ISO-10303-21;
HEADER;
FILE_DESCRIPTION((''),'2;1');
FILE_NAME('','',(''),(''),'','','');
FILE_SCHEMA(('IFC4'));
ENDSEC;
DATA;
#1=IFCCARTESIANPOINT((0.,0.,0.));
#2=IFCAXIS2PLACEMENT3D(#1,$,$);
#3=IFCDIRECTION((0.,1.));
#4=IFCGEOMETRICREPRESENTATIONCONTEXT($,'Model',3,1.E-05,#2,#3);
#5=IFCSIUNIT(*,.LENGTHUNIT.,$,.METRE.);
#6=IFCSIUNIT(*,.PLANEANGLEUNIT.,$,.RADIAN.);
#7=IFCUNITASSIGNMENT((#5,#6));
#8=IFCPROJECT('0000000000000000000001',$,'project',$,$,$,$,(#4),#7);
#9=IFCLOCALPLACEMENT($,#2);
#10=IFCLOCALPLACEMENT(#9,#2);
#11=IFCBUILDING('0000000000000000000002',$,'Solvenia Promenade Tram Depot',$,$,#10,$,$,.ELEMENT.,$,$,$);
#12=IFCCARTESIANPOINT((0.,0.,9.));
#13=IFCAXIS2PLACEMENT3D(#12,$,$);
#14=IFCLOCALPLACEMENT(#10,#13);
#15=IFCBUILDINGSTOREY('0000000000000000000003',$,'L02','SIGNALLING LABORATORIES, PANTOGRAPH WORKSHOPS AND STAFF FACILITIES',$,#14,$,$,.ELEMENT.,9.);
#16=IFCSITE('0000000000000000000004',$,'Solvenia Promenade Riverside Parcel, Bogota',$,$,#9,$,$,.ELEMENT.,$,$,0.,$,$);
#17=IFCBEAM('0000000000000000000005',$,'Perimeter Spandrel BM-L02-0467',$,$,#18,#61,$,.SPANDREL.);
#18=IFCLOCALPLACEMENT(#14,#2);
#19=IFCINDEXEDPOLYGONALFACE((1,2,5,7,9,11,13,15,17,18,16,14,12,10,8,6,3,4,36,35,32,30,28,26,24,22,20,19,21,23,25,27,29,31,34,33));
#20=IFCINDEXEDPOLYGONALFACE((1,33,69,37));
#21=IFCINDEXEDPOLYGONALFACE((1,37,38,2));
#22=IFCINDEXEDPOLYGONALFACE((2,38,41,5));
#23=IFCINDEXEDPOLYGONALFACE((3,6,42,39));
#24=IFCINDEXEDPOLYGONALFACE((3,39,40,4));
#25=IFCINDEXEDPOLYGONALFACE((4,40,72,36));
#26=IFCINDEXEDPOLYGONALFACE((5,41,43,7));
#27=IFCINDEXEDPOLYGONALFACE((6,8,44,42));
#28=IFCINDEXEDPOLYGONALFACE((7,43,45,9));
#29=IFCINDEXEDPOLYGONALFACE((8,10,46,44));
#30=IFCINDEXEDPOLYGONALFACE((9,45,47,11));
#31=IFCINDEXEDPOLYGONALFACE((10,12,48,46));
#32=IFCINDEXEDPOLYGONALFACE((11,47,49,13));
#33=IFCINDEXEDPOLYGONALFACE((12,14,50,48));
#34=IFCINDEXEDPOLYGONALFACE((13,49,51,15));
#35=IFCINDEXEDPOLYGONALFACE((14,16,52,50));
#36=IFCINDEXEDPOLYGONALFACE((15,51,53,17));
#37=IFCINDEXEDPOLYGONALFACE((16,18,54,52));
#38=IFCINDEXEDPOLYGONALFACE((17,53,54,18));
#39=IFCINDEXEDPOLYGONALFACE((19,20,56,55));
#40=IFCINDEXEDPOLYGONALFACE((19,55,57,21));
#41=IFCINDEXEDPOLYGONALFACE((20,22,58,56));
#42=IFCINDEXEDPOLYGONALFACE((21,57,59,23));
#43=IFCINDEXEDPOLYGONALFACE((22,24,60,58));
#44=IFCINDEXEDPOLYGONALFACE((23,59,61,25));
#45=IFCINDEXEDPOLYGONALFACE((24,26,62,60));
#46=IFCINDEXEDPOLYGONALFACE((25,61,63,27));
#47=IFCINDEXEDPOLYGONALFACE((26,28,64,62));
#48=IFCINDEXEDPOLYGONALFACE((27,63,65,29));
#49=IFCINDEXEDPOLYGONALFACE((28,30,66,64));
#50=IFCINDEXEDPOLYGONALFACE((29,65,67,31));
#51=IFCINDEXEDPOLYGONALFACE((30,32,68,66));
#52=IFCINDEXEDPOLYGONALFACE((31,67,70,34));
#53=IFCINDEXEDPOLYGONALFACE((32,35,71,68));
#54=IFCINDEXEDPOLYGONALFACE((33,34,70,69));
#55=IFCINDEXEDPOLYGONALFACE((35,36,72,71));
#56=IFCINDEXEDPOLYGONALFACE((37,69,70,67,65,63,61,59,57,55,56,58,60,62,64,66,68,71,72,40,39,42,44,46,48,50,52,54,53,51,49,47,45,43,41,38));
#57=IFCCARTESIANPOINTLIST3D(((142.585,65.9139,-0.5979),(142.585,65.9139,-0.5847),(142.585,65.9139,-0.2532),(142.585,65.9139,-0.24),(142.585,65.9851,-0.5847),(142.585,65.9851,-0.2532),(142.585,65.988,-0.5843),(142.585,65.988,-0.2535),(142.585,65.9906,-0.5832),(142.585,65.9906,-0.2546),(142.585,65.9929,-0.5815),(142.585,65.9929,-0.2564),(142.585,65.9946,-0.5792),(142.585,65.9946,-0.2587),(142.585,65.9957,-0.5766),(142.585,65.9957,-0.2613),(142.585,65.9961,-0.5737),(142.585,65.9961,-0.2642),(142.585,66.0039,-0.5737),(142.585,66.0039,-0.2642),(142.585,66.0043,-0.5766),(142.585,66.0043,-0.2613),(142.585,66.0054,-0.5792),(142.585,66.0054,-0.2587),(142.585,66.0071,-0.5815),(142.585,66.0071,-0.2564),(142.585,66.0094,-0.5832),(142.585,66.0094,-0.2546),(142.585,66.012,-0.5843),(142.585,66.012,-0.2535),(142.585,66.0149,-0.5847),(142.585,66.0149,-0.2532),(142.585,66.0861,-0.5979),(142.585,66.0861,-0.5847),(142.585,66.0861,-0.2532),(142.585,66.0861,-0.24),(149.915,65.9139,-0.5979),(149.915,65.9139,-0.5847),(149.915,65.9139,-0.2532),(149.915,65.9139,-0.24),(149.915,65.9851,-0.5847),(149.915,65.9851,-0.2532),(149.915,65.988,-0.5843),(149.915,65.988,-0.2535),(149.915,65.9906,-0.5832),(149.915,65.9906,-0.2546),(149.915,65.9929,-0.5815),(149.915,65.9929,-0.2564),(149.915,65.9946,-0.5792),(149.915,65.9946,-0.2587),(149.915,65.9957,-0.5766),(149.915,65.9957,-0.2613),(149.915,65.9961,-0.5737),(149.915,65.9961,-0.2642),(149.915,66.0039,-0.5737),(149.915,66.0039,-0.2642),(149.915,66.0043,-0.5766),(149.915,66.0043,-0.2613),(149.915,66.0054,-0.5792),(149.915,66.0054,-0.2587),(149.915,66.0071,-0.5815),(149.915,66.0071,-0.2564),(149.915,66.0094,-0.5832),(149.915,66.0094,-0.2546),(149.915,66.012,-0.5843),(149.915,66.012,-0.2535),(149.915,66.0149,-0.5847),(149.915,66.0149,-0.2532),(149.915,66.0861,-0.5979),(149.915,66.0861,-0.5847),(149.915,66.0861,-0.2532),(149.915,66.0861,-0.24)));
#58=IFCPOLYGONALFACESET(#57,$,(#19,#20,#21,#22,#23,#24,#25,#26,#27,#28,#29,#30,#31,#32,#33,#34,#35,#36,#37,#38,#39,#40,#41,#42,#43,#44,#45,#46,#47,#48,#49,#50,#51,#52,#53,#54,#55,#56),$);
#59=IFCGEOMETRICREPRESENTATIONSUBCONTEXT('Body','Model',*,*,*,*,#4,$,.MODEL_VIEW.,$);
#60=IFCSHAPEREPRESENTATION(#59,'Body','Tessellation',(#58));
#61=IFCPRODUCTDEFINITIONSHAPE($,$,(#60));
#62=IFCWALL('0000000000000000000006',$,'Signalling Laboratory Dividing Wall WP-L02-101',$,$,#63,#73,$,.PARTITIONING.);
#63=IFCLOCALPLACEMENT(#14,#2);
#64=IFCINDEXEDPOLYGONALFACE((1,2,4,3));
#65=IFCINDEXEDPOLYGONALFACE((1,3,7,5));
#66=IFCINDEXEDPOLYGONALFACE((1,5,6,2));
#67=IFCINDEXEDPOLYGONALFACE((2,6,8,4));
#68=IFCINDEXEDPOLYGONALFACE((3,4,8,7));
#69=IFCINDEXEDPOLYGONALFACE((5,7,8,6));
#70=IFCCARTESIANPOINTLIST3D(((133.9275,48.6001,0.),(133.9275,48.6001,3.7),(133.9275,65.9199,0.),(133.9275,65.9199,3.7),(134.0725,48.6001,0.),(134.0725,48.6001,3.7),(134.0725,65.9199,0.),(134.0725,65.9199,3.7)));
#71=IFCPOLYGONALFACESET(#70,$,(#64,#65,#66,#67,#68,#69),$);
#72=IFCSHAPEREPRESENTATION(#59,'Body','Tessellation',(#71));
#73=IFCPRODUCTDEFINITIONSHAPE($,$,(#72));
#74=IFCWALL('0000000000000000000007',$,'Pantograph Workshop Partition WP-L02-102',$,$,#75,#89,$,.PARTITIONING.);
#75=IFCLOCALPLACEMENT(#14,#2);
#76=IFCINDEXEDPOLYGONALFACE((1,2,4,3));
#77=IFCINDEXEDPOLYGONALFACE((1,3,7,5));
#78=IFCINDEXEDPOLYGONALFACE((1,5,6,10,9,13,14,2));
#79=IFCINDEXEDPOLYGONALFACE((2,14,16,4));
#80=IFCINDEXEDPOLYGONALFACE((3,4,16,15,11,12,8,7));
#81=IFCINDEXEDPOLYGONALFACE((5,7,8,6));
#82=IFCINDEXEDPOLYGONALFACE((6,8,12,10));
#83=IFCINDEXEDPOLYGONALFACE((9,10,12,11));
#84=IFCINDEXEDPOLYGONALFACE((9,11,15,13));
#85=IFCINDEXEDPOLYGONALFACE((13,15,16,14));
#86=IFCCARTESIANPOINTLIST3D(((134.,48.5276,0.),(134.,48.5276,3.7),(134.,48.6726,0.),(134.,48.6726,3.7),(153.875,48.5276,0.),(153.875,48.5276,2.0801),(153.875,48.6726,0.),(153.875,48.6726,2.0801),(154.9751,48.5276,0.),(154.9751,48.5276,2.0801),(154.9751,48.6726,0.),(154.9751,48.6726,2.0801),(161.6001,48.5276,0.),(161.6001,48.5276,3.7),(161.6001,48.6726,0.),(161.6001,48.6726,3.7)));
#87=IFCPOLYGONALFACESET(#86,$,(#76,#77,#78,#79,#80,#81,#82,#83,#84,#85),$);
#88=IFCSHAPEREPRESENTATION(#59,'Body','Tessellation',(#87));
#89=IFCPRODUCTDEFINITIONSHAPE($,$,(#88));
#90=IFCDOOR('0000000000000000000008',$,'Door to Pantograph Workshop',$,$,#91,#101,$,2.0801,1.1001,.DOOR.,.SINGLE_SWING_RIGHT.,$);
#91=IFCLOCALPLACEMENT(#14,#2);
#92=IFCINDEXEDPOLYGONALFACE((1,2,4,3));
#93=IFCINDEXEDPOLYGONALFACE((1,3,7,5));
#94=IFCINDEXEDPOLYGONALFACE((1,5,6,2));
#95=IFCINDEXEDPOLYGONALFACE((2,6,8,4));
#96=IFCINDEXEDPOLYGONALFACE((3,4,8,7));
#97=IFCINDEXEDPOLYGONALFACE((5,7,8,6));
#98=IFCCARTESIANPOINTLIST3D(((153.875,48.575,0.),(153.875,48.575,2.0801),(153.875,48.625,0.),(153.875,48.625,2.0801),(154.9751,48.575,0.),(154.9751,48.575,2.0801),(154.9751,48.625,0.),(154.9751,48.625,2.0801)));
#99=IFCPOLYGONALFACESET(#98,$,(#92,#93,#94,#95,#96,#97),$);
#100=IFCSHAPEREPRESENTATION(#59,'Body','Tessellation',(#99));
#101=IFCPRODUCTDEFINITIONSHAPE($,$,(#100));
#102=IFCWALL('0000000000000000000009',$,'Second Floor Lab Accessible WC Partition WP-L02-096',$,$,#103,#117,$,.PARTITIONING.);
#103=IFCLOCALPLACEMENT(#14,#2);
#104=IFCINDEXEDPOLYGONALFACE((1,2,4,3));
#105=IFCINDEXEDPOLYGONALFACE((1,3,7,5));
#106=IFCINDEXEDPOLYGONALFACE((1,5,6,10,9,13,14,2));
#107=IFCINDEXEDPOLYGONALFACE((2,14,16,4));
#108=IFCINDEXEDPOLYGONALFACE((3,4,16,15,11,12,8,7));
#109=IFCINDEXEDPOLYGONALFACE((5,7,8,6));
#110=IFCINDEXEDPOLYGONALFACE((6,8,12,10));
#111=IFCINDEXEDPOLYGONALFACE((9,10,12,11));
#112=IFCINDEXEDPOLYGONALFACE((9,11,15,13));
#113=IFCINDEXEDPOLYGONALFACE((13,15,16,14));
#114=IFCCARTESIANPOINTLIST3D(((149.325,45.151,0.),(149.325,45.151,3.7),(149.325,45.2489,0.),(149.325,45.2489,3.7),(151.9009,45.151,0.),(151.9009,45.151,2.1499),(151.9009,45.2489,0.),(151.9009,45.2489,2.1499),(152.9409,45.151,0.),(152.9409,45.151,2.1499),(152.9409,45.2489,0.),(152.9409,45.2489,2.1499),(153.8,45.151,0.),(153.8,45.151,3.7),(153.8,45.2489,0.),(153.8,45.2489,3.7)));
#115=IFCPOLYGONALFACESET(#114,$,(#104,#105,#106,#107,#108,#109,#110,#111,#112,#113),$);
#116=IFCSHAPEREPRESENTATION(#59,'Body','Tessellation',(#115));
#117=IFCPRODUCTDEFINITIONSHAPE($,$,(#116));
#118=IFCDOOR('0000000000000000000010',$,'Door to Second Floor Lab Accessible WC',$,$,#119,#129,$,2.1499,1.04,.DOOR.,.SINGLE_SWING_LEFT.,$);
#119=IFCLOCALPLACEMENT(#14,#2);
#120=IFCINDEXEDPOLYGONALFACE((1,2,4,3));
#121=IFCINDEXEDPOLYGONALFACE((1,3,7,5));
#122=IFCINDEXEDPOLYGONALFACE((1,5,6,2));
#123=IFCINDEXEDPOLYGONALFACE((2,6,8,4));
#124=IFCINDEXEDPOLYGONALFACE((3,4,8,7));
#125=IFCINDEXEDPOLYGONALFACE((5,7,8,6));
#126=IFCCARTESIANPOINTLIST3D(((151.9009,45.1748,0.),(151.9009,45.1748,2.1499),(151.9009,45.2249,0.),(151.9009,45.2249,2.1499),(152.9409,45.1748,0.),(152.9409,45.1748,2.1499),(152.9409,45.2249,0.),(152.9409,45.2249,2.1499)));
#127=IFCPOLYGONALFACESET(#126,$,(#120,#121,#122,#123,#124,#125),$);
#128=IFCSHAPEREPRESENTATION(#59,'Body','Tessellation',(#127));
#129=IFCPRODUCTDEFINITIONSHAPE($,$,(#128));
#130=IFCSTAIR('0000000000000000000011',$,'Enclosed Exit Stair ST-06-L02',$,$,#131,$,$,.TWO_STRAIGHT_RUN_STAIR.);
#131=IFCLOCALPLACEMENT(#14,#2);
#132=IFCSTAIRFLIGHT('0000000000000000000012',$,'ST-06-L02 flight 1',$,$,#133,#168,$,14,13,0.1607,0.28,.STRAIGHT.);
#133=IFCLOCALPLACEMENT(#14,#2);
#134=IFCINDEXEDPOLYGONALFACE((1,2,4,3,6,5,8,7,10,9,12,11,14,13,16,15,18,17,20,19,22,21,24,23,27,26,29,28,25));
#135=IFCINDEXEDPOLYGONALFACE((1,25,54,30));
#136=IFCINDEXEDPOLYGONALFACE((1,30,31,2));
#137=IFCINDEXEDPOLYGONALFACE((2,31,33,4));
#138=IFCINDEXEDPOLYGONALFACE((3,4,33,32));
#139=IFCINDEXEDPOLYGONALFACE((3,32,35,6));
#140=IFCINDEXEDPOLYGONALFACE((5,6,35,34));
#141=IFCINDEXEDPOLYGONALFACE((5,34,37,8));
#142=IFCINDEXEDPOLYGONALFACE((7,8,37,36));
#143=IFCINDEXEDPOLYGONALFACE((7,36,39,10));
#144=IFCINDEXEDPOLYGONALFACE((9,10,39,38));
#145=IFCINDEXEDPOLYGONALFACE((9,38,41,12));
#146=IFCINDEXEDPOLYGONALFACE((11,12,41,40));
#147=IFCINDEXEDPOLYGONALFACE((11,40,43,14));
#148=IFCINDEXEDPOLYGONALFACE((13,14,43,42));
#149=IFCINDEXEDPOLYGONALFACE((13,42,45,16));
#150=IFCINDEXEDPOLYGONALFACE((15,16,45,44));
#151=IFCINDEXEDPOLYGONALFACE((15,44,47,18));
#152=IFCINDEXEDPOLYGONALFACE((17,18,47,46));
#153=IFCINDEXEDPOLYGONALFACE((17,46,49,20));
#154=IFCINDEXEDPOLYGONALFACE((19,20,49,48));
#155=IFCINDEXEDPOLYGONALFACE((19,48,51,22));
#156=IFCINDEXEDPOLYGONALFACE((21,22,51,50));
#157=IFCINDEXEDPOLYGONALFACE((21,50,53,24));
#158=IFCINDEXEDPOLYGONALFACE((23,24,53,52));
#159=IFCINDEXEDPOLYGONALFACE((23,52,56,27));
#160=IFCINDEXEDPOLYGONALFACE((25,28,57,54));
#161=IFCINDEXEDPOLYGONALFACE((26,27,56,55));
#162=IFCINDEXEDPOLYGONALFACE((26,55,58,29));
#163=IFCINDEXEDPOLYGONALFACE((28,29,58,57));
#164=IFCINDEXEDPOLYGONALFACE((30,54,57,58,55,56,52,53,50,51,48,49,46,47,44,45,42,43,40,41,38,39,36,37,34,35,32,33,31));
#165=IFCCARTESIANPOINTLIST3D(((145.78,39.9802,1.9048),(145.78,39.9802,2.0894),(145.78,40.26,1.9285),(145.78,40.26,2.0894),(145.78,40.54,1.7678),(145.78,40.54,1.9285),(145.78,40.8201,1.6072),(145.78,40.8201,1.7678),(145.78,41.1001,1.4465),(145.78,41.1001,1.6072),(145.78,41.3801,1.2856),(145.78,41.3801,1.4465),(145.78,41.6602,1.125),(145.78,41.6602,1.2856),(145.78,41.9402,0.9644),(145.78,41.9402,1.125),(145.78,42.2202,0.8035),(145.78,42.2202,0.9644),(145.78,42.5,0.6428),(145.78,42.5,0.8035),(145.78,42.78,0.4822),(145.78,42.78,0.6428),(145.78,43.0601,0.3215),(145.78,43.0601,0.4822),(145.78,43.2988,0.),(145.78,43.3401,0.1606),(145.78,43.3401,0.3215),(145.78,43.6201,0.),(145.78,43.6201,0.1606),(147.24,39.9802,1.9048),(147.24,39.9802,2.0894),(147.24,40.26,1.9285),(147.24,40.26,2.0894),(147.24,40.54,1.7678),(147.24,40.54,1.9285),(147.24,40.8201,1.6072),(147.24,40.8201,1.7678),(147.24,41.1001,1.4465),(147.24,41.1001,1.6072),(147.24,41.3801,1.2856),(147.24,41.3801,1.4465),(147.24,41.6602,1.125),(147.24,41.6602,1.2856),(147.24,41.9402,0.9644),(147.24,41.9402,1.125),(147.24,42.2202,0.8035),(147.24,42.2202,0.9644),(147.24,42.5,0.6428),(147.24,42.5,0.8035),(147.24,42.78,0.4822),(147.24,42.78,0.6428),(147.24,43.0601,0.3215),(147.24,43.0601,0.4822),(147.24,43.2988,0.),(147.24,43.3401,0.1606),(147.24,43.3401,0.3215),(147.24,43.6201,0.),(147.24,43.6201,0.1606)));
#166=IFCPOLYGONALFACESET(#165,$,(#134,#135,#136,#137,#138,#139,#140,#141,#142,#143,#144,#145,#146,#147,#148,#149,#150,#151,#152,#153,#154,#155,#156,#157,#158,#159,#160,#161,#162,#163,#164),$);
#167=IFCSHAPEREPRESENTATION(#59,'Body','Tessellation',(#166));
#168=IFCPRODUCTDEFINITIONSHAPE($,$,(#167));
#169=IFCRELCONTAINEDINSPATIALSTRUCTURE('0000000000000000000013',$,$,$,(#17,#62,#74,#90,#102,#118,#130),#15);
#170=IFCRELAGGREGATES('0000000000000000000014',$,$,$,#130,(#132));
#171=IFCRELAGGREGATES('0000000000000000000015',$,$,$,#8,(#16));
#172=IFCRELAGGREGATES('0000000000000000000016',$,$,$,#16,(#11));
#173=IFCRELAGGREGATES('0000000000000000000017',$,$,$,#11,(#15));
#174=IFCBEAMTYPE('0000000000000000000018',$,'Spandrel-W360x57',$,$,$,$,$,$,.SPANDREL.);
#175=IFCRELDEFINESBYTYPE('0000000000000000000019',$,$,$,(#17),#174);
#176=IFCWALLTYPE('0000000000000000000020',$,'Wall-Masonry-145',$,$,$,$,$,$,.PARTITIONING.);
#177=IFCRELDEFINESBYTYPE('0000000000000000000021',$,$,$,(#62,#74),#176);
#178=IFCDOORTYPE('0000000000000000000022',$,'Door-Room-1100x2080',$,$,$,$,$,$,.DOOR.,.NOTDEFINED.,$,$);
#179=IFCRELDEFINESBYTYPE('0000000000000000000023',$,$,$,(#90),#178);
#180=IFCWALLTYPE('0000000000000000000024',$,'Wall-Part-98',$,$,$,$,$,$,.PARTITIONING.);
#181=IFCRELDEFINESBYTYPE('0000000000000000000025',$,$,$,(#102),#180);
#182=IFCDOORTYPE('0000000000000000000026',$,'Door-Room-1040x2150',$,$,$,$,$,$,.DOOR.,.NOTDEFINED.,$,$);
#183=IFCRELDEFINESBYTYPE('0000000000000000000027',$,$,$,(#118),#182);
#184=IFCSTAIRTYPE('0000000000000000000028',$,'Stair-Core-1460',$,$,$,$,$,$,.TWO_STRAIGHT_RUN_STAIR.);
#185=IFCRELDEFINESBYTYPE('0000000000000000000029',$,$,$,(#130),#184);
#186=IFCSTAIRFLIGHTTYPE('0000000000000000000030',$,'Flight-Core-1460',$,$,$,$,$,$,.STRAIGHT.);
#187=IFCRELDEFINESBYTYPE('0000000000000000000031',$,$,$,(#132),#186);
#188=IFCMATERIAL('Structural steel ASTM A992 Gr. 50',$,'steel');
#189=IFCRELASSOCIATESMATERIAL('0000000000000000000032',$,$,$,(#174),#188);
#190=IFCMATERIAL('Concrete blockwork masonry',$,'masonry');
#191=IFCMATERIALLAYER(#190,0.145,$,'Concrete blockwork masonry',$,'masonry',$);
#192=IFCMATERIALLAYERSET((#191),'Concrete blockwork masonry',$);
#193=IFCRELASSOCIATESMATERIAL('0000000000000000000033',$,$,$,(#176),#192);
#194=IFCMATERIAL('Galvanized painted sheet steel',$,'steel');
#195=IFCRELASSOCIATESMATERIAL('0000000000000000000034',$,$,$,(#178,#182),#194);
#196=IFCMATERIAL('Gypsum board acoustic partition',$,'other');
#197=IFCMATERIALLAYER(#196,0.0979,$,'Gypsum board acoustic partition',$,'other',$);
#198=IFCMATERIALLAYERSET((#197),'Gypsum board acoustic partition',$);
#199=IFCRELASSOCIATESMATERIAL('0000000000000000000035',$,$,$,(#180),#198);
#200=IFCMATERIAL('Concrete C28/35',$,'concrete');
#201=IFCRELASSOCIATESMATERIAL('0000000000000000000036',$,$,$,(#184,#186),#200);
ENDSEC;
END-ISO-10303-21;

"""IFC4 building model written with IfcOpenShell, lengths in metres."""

from ifc_helpers import new_model, si_unit, direction, frame, frame_2d, origin, origin_2d, place, context, subcontext, project, spatial, polyline, rectangle, i_section, outline, extrude, material, layer, layer_set, material_profile, profile_set, type_object, element, fill, aggregate, save


model = new_model("IFC4")

# Units and contexts
model_context = context("Model", 3, precision=1e-05, world=origin(), true_north=direction((0.0, 1.0)))
body_context = subcontext(model_context, "Body", "Model", "MODEL_VIEW")
ifc_project = project(units=[si_unit("LENGTHUNIT", "METRE"), si_unit("PLANEANGLEUNIT", "RADIAN")], contexts=[model_context])

# Site, building, storey
site_placement = place(None, origin())
site = spatial("IfcSite", under=ifc_project, at=site_placement, Name="Solvenia Promenade Riverside Parcel, Bogota", CompositionType="ELEMENT", RefElevation=0.0)
building_placement = place(site_placement, origin())
building = spatial("IfcBuilding", under=site, at=building_placement, Name="Solvenia Promenade Tram Depot", CompositionType="ELEMENT")
storey_placement = place(building_placement, frame((0.0, 0.0, 9.0)))
storey = spatial("IfcBuildingStorey", under=building, at=storey_placement, Name="L02", Description="SIGNALLING LABORATORIES, PANTOGRAPH WORKSHOPS AND STAFF FACILITIES", CompositionType="ELEMENT", Elevation=9.0)

# Shared definitions
ifc_material_1 = material(Name="Structural steel ASTM A992 Gr. 50", Category="steel")

# Beam
ifc_material_profile_1 = material_profile(ifc_material_1, i_section(OverallWidth=0.1721, OverallDepth=0.3579, WebThickness=0.0078, FlangeThickness=0.0132, FilletRadius=0.011, at=origin_2d()), Name="W360x57", Category="steel")
ifc_profile_set_1 = profile_set([ifc_material_profile_1], Name="Structural steel ASTM A992 Gr. 50")
beam_type_1 = type_object("IfcBeamType", Name="Spandrel-W360x57", PredefinedType="SPANDREL", material=ifc_profile_set_1)
for number, where, z_axis, x_axis, name in (
    (1, (142.585, 66.0, -0.4189), (1.0, 0.0, 0.0), (0.0, 1.0, 0.0), "Perimeter Spandrel BM-L02-0467"),
):
    element("IfcBeam", number, at=place(storey_placement, frame(where, z_axis=z_axis, x_axis=x_axis)), inside=storey, type_object=beam_type_1, Name=name, PredefinedType="SPANDREL", context=body_context, shape_type="SweptSolid", body=[
        extrude(i_section(OverallWidth=0.1721, OverallDepth=0.3579, WebThickness=0.0078, FlangeThickness=0.0132, FilletRadius=0.011, at=origin_2d()), origin(), (0.0, 0.0, 1.0), 7.3301),
    ])

# Shared definitions
ifc_material_2 = material(Name="Concrete C28/35", Category="concrete")
ifc_material_3 = material(Name="Galvanized painted sheet steel", Category="steel")

# Wall
ifc_material_4 = material(Name="Concrete blockwork masonry", Category="masonry")
ifc_layer_1 = layer(ifc_material_4, 0.145, Name="Concrete blockwork masonry", Category="masonry")
ifc_layer_set_1 = layer_set([ifc_layer_1], Name="Concrete blockwork masonry")
wall_type_1 = type_object("IfcWallType", Name="Wall-Masonry-145", PredefinedType="PARTITIONING", material=ifc_layer_set_1)
wall_1_placement = place(storey_placement, frame((134.0, 48.6001, 0.0), z_axis=(0.0, 0.0, 1.0), x_axis=(0.0, 1.0, 0.0)))
element("IfcWall", 2, at=wall_1_placement, inside=storey, type_object=wall_type_1, Name="Signalling Laboratory Dividing Wall WP-L02-101", PredefinedType="PARTITIONING", context=body_context, shape_type="SweptSolid", body=[
    extrude(rectangle(XDim=17.3198, YDim=0.145, at=frame_2d((8.6599, 0.0))), origin(), (0.0, 0.0, 1.0), 3.7),
])

# Walls, openings, doors
wall_2_placement = place(storey_placement, frame((134.0, 48.6001, 0.0), z_axis=(0.0, 0.0, 1.0), x_axis=(1.0, 0.0, 0.0)))
wall_2 = element("IfcWall", 3, at=wall_2_placement, inside=storey, type_object=wall_type_1, Name="Pantograph Workshop Partition WP-L02-102", PredefinedType="PARTITIONING", context=body_context, shape_type="SweptSolid", body=[
    extrude(rectangle(XDim=27.6001, YDim=0.145, at=frame_2d((13.8, 0.0))), origin(), (0.0, 0.0, 1.0), 3.7),
])
opening_1_placement = place(wall_2_placement, frame((19.875, 0.0, 0.0)))
opening_1 = element("IfcOpeningElement", 4, at=opening_1_placement, cuts=wall_2, PredefinedType="OPENING", context=body_context, shape_type="SweptSolid", body=[
    extrude(rectangle(XDim=1.1001, YDim=2.0801, at=frame_2d((0.55, 1.04))), frame((0.0, 0.0825, 0.0), z_axis=(0.0, -1.0, 0.0), x_axis=(1.0, 0.0, 0.0)), (0.0, 0.0, 1.0), 0.165),
])
door_type_1 = type_object("IfcDoorType", Name="Door-Room-1100x2080", OperationType="NOTDEFINED", PredefinedType="DOOR", material=ifc_material_3)
door_1_placement = place(opening_1_placement, origin())
door_1 = element("IfcDoor", 5, at=door_1_placement, inside=storey, type_object=door_type_1, Name="Door to Pantograph Workshop", OperationType="SINGLE_SWING_RIGHT", OverallHeight=2.0801, OverallWidth=1.1001, PredefinedType="DOOR", context=body_context, shape_type="SweptSolid", body=[
    extrude(rectangle(XDim=1.1001, YDim=2.0801, at=frame_2d((0.55, 1.04))), frame((0.0, 0.0249, 0.0), z_axis=(0.0, -1.0, 0.0), x_axis=(1.0, 0.0, 0.0)), (0.0, 0.0, 1.0), 0.05),
])
fill(opening_1, door_1)
ifc_material_5 = material(Name="Gypsum board acoustic partition", Category="other")
ifc_layer_2 = layer(ifc_material_5, 0.0979, Name="Gypsum board acoustic partition", Category="other")
ifc_layer_set_2 = layer_set([ifc_layer_2], Name="Gypsum board acoustic partition")
wall_type_2 = type_object("IfcWallType", Name="Wall-Part-98", PredefinedType="PARTITIONING", material=ifc_layer_set_2)
wall_3_placement = place(storey_placement, frame((149.325, 45.2, 0.0), z_axis=(0.0, 0.0, 1.0), x_axis=(1.0, 0.0, 0.0)))
wall_3 = element("IfcWall", 6, at=wall_3_placement, inside=storey, type_object=wall_type_2, Name="Second Floor Lab Accessible WC Partition WP-L02-096", PredefinedType="PARTITIONING", context=body_context, shape_type="SweptSolid", body=[
    extrude(rectangle(XDim=4.4751, YDim=0.0979, at=frame_2d((2.2375, 0.0))), origin(), (0.0, 0.0, 1.0), 3.7),
])
opening_2_placement = place(wall_3_placement, frame((2.5759, 0.0, 0.0)))
opening_2 = element("IfcOpeningElement", 7, at=opening_2_placement, cuts=wall_3, PredefinedType="OPENING", context=body_context, shape_type="SweptSolid", body=[
    extrude(rectangle(XDim=1.04, YDim=2.1499, at=frame_2d((0.52, 1.075))), frame((0.0, 0.0588, 0.0), z_axis=(0.0, -1.0, 0.0), x_axis=(1.0, 0.0, 0.0)), (0.0, 0.0, 1.0), 0.1179),
])
door_type_2 = type_object("IfcDoorType", Name="Door-Room-1040x2150", OperationType="NOTDEFINED", PredefinedType="DOOR", material=ifc_material_3)
door_2_placement = place(opening_2_placement, origin())
door_2 = element("IfcDoor", 8, at=door_2_placement, inside=storey, type_object=door_type_2, Name="Door to Second Floor Lab Accessible WC", OperationType="SINGLE_SWING_LEFT", OverallHeight=2.1499, OverallWidth=1.04, PredefinedType="DOOR", context=body_context, shape_type="SweptSolid", body=[
    extrude(rectangle(XDim=1.04, YDim=2.1499, at=frame_2d((0.52, 1.075))), frame((0.0, 0.0249, 0.0), z_axis=(0.0, -1.0, 0.0), x_axis=(1.0, 0.0, 0.0)), (0.0, 0.0, 1.0), 0.05),
])
fill(opening_2, door_2)

# Stair, stair flight
stair_type = type_object("IfcStairType", Name="Stair-Core-1460", PredefinedType="TWO_STRAIGHT_RUN_STAIR", material=ifc_material_2)
stair_placement = place(storey_placement, origin())
stair = element("IfcStair", 9, at=stair_placement, inside=storey, type_object=stair_type, Name="Enclosed Exit Stair ST-06-L02", PredefinedType="TWO_STRAIGHT_RUN_STAIR")
stair_flight_type = type_object("IfcStairFlightType", Name="Flight-Core-1460", PredefinedType="STRAIGHT", material=ifc_material_2)
stair_flight_placement = place(storey_placement, frame((146.51, 43.6201, 0.0), z_axis=(0.0, 0.0, 1.0), x_axis=(0.0, -1.0, 0.0)))
stair_flight = element("IfcStairFlight", 10, at=stair_flight_placement, type_object=stair_flight_type, Name="ST-06-L02 flight 1", NumberOfRisers=14, NumberOfTreads=13, PredefinedType="STRAIGHT", RiserHeight=0.1607, TreadLength=0.28, context=body_context, shape_type="SweptSolid", body=[
    extrude(outline(polyline([(0.0, 0.0), (0.0, 0.1606), (0.28, 0.1606), (0.28, 0.3215), (0.5601, 0.3215), (0.5601, 0.4822), (0.8401, 0.4822), (0.8401, 0.6428), (1.1201, 0.6428), (1.1201, 0.8035), (1.3999, 0.8035), (1.3999, 0.9644), (1.6799, 0.9644), (1.6799, 1.125), (1.96, 1.125), (1.96, 1.2856), (2.24, 1.2856), (2.24, 1.4465), (2.52, 1.4465), (2.52, 1.6072), (2.8, 1.6072), (2.8, 1.7678), (3.0801, 1.7678), (3.0801, 1.9285), (3.3601, 1.9285), (3.3601, 2.0894), (3.6399, 2.0894), (3.6399, 2.25), (3.6399, 1.9048), (0.3213, 0.0), (0.0, 0.0)])), frame((0.0, 0.73, 0.0), z_axis=(0.0, -1.0, 0.0), x_axis=(1.0, 0.0, 0.0)), (0.0, 0.0, 1.0), 1.46),
])
aggregate(stair, [stair_flight])

save(model, "model.ifc")
